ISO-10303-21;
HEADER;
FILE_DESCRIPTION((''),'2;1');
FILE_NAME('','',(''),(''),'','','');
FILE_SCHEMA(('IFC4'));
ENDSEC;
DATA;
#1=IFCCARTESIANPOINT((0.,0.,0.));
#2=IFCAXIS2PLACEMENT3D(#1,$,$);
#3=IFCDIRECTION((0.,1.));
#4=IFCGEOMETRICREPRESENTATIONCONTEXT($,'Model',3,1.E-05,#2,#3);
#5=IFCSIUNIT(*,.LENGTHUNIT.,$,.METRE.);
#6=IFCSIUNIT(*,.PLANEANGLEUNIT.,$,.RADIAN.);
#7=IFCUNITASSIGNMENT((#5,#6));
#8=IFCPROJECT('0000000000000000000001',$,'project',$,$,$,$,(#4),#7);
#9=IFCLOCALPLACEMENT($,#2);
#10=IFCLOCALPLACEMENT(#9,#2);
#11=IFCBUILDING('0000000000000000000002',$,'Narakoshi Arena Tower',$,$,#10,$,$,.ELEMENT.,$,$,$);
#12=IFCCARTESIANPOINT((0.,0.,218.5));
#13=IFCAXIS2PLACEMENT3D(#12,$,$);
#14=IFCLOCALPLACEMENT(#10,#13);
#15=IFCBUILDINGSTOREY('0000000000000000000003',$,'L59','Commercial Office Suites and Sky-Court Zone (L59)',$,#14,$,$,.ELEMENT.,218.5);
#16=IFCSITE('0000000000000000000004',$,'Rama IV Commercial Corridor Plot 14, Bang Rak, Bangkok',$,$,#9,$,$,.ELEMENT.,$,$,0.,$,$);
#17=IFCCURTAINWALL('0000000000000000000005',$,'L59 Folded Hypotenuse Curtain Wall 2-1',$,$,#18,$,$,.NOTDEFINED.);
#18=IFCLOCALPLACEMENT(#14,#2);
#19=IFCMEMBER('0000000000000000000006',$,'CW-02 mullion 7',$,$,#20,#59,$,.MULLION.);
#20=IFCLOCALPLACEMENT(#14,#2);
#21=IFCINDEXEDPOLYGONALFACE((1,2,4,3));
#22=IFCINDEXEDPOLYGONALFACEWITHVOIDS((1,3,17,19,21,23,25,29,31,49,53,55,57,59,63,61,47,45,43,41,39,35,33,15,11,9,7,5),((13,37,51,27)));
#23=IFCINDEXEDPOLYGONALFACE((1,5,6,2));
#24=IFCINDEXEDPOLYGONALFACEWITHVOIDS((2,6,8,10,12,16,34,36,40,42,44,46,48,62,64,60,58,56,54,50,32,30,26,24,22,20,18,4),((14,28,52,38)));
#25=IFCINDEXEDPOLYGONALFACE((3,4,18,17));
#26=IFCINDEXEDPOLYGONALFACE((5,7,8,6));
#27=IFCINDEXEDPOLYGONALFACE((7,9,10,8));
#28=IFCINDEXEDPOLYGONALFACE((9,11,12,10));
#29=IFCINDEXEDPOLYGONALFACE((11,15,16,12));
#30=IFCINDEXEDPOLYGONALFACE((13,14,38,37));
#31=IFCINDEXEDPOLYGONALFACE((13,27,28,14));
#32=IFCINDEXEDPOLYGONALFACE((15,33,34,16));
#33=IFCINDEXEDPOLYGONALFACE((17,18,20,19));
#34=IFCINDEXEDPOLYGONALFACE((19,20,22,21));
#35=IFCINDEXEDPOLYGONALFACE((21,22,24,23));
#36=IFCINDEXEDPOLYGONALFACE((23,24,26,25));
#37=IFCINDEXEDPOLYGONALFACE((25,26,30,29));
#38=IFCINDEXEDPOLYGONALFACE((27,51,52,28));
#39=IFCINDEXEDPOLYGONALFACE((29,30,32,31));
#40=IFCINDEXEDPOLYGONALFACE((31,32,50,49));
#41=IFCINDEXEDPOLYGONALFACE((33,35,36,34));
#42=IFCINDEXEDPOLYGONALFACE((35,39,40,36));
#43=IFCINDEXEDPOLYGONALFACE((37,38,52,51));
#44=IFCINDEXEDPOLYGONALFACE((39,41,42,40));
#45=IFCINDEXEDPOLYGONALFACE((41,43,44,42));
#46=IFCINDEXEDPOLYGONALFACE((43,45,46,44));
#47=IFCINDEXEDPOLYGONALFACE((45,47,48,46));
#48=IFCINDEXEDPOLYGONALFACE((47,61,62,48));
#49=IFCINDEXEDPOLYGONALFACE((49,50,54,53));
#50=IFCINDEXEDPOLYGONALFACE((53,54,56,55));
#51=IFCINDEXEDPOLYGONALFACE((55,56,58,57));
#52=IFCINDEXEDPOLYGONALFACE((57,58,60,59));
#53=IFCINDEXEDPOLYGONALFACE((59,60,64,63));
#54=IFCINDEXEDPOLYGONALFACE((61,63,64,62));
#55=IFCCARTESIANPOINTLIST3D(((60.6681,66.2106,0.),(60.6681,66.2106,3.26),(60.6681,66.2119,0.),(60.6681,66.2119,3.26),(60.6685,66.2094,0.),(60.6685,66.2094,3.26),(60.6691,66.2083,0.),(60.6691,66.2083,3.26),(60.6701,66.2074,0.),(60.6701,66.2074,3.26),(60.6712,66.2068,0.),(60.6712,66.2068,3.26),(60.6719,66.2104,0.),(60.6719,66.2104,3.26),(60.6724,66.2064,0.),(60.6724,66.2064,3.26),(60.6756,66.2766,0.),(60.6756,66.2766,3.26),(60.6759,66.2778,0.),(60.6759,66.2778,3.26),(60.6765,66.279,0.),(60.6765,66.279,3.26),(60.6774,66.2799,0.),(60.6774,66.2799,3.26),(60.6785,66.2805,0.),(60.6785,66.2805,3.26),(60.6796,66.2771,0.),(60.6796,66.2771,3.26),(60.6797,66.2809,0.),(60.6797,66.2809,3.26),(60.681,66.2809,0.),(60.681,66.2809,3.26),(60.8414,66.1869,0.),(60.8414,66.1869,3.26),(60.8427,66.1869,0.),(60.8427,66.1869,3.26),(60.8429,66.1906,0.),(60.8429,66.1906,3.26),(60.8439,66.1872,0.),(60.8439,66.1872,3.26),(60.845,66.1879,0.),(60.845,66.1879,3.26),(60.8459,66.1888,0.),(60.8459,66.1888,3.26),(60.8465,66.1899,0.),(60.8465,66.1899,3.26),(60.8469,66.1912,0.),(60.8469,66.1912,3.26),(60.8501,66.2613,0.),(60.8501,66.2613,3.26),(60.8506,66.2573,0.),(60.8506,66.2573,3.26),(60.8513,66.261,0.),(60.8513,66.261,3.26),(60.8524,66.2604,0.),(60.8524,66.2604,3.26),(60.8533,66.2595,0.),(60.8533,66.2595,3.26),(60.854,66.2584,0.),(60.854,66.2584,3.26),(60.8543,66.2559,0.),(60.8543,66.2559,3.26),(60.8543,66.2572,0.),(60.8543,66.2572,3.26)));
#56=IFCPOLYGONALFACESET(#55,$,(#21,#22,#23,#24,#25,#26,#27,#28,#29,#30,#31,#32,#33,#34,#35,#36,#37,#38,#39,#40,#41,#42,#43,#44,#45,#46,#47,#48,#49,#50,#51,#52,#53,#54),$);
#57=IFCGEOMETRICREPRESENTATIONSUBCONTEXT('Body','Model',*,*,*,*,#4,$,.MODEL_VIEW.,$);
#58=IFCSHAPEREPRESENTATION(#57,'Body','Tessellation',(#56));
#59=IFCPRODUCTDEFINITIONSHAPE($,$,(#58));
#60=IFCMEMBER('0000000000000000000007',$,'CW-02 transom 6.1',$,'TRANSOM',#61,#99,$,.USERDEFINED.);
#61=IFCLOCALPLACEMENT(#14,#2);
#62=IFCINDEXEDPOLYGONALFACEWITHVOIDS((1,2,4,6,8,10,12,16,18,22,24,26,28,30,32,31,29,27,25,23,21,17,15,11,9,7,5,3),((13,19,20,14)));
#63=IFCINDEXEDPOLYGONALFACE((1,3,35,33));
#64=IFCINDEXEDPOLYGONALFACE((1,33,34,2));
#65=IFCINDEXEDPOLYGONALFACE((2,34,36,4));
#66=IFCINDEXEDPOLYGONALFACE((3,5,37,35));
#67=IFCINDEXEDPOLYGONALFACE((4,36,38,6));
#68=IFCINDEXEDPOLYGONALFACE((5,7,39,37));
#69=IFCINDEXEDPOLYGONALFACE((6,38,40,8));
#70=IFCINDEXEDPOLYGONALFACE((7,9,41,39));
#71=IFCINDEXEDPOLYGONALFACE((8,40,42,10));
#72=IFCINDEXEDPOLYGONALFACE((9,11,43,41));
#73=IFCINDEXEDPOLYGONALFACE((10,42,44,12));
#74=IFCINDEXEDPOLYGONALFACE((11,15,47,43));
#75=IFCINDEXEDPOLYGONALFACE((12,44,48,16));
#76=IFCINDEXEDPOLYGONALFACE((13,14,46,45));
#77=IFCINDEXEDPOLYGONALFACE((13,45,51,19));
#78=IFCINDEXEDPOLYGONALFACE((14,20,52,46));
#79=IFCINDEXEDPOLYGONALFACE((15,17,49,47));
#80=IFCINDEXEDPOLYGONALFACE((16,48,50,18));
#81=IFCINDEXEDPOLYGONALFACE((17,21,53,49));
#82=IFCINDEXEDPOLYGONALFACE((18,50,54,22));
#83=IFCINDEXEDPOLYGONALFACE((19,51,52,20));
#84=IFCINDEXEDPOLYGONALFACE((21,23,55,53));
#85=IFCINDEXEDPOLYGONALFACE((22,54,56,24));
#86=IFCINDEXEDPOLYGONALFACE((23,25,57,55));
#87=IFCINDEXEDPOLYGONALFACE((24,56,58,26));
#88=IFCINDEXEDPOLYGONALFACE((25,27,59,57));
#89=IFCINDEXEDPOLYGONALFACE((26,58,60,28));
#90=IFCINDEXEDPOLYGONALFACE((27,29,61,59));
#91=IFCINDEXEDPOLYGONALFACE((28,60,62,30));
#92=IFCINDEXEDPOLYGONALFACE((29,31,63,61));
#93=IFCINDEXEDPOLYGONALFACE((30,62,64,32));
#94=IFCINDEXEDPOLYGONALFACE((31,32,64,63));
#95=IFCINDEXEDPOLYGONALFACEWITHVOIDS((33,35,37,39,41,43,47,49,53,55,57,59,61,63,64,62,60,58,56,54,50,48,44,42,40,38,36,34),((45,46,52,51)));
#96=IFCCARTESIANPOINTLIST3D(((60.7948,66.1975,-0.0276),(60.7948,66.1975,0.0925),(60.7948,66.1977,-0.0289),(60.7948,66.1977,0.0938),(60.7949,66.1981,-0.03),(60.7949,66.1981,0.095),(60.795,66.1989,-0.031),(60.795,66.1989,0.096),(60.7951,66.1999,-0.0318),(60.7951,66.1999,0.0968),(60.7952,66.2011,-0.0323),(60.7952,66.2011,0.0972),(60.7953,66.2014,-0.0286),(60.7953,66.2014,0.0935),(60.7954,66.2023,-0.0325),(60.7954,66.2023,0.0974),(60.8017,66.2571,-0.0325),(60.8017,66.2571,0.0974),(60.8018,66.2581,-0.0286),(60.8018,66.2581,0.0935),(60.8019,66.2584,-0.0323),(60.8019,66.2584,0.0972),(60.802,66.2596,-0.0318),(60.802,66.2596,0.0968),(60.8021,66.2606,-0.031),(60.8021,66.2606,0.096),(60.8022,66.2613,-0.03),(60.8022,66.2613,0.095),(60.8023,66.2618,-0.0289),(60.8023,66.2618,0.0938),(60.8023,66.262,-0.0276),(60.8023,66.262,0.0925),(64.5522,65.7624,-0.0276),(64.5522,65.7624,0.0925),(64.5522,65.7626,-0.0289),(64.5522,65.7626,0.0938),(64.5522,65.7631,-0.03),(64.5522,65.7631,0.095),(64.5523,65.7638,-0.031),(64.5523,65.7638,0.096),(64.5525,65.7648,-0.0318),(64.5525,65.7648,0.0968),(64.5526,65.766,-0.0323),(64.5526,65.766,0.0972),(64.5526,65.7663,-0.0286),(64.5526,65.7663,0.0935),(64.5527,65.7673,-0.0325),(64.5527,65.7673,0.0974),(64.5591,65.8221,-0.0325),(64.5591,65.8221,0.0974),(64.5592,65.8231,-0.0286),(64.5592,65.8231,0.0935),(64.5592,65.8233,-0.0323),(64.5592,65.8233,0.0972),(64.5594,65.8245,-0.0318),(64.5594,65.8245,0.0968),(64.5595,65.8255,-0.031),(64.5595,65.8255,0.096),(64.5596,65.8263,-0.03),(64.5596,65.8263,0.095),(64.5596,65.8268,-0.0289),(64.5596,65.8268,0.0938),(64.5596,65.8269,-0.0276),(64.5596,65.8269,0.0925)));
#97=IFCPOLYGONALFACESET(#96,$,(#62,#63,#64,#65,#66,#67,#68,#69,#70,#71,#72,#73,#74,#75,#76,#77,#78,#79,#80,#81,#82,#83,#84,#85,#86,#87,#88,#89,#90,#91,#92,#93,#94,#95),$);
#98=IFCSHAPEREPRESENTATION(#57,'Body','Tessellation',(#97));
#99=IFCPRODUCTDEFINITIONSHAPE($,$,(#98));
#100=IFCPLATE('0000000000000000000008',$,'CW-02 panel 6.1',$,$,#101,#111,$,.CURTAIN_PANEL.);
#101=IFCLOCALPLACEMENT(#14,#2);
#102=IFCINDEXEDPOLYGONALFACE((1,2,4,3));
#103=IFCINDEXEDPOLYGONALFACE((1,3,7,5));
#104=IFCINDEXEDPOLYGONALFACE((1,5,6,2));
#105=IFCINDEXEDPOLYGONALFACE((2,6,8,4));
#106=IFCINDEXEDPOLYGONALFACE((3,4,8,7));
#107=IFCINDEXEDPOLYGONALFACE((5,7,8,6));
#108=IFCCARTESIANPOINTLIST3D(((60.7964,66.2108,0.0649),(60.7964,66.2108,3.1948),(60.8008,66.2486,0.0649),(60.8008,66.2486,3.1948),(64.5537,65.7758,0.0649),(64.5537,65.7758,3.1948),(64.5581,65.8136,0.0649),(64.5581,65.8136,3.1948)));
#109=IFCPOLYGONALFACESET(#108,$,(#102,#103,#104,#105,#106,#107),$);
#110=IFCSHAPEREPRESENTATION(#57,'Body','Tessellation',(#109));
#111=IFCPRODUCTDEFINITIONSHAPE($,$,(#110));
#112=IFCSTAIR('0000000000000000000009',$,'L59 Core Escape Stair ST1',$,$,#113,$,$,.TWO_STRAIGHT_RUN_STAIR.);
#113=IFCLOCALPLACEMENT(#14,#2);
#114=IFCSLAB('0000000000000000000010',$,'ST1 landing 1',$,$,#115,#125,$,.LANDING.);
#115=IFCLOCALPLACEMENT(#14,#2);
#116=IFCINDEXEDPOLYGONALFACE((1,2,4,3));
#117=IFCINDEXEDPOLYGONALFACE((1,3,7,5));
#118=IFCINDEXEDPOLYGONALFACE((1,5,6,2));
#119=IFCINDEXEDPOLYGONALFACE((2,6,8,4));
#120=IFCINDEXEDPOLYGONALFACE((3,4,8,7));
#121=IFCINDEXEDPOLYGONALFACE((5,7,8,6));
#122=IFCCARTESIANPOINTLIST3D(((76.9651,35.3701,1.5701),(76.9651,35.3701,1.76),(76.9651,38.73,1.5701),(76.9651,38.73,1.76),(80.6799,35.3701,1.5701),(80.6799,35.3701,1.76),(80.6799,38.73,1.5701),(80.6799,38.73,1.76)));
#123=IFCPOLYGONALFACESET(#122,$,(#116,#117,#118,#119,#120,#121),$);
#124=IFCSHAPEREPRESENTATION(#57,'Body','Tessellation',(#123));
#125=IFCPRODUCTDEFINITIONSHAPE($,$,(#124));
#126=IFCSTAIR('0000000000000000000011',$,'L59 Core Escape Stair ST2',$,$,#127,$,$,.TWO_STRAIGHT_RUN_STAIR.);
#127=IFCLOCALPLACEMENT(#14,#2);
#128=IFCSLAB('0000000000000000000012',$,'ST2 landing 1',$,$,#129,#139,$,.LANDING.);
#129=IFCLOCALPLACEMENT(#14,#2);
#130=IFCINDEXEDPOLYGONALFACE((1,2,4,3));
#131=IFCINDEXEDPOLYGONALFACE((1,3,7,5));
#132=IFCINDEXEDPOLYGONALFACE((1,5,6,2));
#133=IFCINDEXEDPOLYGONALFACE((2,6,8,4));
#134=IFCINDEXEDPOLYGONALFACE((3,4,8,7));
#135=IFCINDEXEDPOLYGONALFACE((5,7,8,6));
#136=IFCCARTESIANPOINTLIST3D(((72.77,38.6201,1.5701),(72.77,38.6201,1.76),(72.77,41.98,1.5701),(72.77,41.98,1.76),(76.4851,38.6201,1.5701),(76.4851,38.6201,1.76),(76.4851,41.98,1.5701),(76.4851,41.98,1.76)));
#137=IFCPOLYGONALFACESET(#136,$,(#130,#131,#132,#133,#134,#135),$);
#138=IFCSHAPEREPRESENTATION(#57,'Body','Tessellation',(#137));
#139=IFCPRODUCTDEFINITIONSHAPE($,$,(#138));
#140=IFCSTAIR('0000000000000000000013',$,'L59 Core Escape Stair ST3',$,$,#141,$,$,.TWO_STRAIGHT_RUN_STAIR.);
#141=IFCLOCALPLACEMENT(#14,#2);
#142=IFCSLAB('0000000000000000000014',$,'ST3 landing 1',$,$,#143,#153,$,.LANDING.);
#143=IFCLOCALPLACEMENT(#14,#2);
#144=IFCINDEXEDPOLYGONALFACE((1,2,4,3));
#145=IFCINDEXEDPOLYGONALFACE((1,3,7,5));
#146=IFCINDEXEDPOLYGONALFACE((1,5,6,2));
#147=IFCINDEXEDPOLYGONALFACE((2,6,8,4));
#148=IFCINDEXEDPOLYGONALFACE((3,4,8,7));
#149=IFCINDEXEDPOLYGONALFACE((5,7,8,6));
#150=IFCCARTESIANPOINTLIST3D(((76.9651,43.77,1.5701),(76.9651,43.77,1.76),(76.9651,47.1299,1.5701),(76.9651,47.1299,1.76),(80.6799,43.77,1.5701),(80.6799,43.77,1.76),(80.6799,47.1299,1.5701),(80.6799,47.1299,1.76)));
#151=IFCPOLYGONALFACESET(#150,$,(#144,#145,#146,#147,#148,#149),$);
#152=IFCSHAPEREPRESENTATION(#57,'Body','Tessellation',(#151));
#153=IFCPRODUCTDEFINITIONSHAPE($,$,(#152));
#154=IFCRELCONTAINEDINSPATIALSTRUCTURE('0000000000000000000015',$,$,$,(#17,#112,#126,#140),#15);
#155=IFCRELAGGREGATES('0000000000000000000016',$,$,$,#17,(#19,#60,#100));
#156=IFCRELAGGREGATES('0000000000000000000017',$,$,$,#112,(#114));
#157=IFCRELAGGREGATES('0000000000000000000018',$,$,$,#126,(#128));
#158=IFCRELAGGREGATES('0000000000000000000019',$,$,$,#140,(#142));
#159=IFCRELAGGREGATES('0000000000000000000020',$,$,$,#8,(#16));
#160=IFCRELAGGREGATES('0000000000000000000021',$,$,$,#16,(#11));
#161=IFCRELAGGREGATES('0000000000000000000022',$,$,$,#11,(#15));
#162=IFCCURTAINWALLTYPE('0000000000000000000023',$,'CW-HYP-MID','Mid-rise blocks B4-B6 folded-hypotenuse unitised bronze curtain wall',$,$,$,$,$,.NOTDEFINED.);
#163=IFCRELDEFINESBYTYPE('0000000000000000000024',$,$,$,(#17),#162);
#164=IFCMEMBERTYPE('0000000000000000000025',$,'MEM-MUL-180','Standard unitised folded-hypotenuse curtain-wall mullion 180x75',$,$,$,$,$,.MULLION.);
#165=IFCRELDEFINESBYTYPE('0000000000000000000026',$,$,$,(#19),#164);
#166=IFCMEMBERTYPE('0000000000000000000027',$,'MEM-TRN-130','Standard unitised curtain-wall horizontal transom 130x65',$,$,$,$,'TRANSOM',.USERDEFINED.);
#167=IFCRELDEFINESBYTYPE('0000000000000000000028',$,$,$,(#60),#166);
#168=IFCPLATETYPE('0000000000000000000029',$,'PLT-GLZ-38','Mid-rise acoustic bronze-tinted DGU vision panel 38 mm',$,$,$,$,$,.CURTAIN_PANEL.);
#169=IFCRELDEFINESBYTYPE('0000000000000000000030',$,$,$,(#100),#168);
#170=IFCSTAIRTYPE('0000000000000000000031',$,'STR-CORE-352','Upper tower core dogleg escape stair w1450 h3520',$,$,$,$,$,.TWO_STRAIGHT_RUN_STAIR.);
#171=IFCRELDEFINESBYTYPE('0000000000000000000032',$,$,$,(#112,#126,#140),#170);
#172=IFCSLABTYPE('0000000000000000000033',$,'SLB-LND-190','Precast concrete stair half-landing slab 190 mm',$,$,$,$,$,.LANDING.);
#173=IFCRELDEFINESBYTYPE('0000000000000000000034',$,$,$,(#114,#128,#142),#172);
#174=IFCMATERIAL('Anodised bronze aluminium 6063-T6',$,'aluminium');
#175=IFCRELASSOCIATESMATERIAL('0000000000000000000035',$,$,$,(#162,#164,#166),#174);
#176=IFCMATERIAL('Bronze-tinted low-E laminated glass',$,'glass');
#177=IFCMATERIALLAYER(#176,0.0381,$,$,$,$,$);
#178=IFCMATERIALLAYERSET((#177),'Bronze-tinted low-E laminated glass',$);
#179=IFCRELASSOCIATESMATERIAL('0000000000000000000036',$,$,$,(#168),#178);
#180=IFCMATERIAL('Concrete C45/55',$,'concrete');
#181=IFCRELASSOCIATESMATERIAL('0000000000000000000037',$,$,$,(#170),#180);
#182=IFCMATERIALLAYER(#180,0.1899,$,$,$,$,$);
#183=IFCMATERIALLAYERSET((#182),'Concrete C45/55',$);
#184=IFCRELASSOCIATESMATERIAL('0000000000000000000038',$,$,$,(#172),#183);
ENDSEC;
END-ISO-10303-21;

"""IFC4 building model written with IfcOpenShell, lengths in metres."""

from ifc_helpers import new_model, si_unit, direction, frame, origin, origin_2d, place, context, subcontext, project, spatial, polyline, rectangle, hollow_rectangle, outline, extrude, material, layer, layer_set, material_profile, profile_set, type_object, element, aggregate, save


model = new_model("IFC4")

# Units and contexts
model_context = context("Model", 3, precision=1e-05, world=origin(), true_north=direction((0.0, 1.0)))
body_context = subcontext(model_context, "Body", "Model", "MODEL_VIEW")
ifc_project = project(units=[si_unit("LENGTHUNIT", "METRE"), si_unit("PLANEANGLEUNIT", "RADIAN")], contexts=[model_context])

# Site, building, storey
site_placement = place(None, origin())
site = spatial("IfcSite", under=ifc_project, at=site_placement, Name="Rama IV Commercial Corridor Plot 14, Bang Rak, Bangkok", CompositionType="ELEMENT", RefElevation=0.0)
building_placement = place(site_placement, origin())
building = spatial("IfcBuilding", under=site, at=building_placement, Name="Narakoshi Arena Tower", CompositionType="ELEMENT")
storey_placement = place(building_placement, frame((0.0, 0.0, 218.5)))
storey = spatial("IfcBuildingStorey", under=building, at=storey_placement, Name="L59", Description="Commercial Office Suites and Sky-Court Zone (L59)", CompositionType="ELEMENT", Elevation=218.5)

# Curtain wall, members, plate
ifc_material_1 = material(Name="Anodised bronze aluminium 6063-T6", Category="aluminium")
curtain_wall_type = type_object("IfcCurtainWallType", Name="CW-HYP-MID", Description="Mid-rise blocks B4-B6 folded-hypotenuse unitised bronze curtain wall", PredefinedType="NOTDEFINED", material=ifc_material_1)
curtain_wall_placement = place(storey_placement, origin())
curtain_wall = element("IfcCurtainWall", 1, at=curtain_wall_placement, inside=storey, type_object=curtain_wall_type, Name="L59 Folded Hypotenuse Curtain Wall 2-1", PredefinedType="NOTDEFINED")
ifc_material_profile_1 = material_profile(ifc_material_1, hollow_rectangle(XDim=0.075, YDim=0.1799, WallThickness=0.0039, OuterFilletRadius=0.0049, at=origin_2d()), Name="MUL180x75x4")
ifc_profile_set_1 = profile_set([ifc_material_profile_1], Name="Anodised bronze aluminium 6063-T6")
member_type_1 = type_object("IfcMemberType", Name="MEM-MUL-180", Description="Standard unitised folded-hypotenuse curtain-wall mullion 180x75", PredefinedType="MULLION", material=ifc_profile_set_1)
member_1_placement = place(storey_placement, frame((60.7612, 66.2339, 0.0), z_axis=(0.0, 0.0, 1.0), x_axis=(-0.115011, -0.993364, 0.0)))
member_1 = element("IfcMember", 2, at=member_1_placement, type_object=member_type_1, Name="CW-02 mullion 7", PredefinedType="MULLION", context=body_context, shape_type="SweptSolid", body=[
    extrude(hollow_rectangle(XDim=0.075, YDim=0.1799, WallThickness=0.0039, OuterFilletRadius=0.0049, at=origin_2d()), origin(), (0.0, 0.0, 1.0), 3.26),
])
ifc_material_profile_2 = material_profile(ifc_material_1, hollow_rectangle(XDim=0.0649, YDim=0.1299, WallThickness=0.0039, OuterFilletRadius=0.0049, at=origin_2d()), Name="TRN130x65x4")
ifc_profile_set_2 = profile_set([ifc_material_profile_2], Name="Anodised bronze aluminium 6063-T6")
member_type_2 = type_object("IfcMemberType", Name="MEM-TRN-130", Description="Standard unitised curtain-wall horizontal transom 130x65", ElementType="TRANSOM", PredefinedType="USERDEFINED", material=ifc_profile_set_2)
member_2_placement = place(storey_placement, frame((64.5559, 65.7947, 0.0325), z_axis=(-0.993363, 0.115021, 0.0), x_axis=(-0.115021, -0.993363, 0.0)))
member_2 = element("IfcMember", 3, at=member_2_placement, type_object=member_type_2, Name="CW-02 transom 6.1", ObjectType="TRANSOM", PredefinedType="USERDEFINED", context=body_context, shape_type="SweptSolid", body=[
    extrude(hollow_rectangle(XDim=0.0649, YDim=0.1299, WallThickness=0.0039, OuterFilletRadius=0.0049, at=origin_2d()), origin(), (0.0, 0.0, 1.0), 3.7825),
])
ifc_material_2 = material(Name="Bronze-tinted low-E laminated glass", Category="glass")
ifc_layer_1 = layer(ifc_material_2, 0.0381)
ifc_layer_set_1 = layer_set([ifc_layer_1], Name="Bronze-tinted low-E laminated glass")
plate_type = type_object("IfcPlateType", Name="PLT-GLZ-38", Description="Mid-rise acoustic bronze-tinted DGU vision panel 38 mm", PredefinedType="CURTAIN_PANEL", material=ifc_layer_set_1)
plate_placement = place(storey_placement, frame((62.6772, 66.0122, 0.0649), z_axis=(0.0, 0.0, 1.0), x_axis=(-0.993364, 0.115011, 0.0)))
plate = element("IfcPlate", 4, at=plate_placement, type_object=plate_type, Name="CW-02 panel 6.1", PredefinedType="CURTAIN_PANEL", context=body_context, shape_type="SweptSolid", body=[
    extrude(rectangle(XDim=3.7825, YDim=0.0381, at=origin_2d()), origin(), (0.0, 0.0, 1.0), 3.1299),
])
aggregate(curtain_wall, [member_1, member_2, plate])

# Stairs, slabs
ifc_material_3 = material(Name="Concrete C45/55", Category="concrete")
stair_type = type_object("IfcStairType", Name="STR-CORE-352", Description="Upper tower core dogleg escape stair w1450 h3520", PredefinedType="TWO_STRAIGHT_RUN_STAIR", material=ifc_material_3)
stair_1_placement = place(storey_placement, origin())
stair_1 = element("IfcStair", 5, at=stair_1_placement, inside=storey, type_object=stair_type, Name="L59 Core Escape Stair ST1", PredefinedType="TWO_STRAIGHT_RUN_STAIR")
ifc_layer_2 = layer(ifc_material_3, 0.1899)
ifc_layer_set_2 = layer_set([ifc_layer_2], Name="Concrete C45/55")
slab_type_1 = type_object("IfcSlabType", Name="SLB-LND-190", Description="Precast concrete stair half-landing slab 190 mm", PredefinedType="LANDING", material=ifc_layer_set_2)
slab_1_placement = place(storey_placement, frame((0.0, 0.0, 1.5701)))
slab_1 = element("IfcSlab", 6, at=slab_1_placement, type_object=slab_type_1, Name="ST1 landing 1", PredefinedType="LANDING", context=body_context, shape_type="SweptSolid", body=[
    extrude(outline(polyline([(76.9651, 35.3701), (80.6799, 35.3701), (80.6799, 38.73), (76.9651, 38.73), (76.9651, 35.3701)])), origin(), (0.0, 0.0, 1.0), 0.1899),
])
aggregate(stair_1, [slab_1])
stair_2_placement = place(storey_placement, origin())
stair_2 = element("IfcStair", 7, at=stair_2_placement, inside=storey, type_object=stair_type, Name="L59 Core Escape Stair ST2", PredefinedType="TWO_STRAIGHT_RUN_STAIR")
slab_2_placement = place(storey_placement, frame((0.0, 0.0, 1.5701)))
slab_2 = element("IfcSlab", 8, at=slab_2_placement, type_object=slab_type_1, Name="ST2 landing 1", PredefinedType="LANDING", context=body_context, shape_type="SweptSolid", body=[
    extrude(outline(polyline([(72.77, 38.6201), (76.4851, 38.6201), (76.4851, 41.98), (72.77, 41.98), (72.77, 38.6201)])), origin(), (0.0, 0.0, 1.0), 0.1899),
])
aggregate(stair_2, [slab_2])
stair_3_placement = place(storey_placement, origin())
stair_3 = element("IfcStair", 9, at=stair_3_placement, inside=storey, type_object=stair_type, Name="L59 Core Escape Stair ST3", PredefinedType="TWO_STRAIGHT_RUN_STAIR")
slab_3_placement = place(storey_placement, frame((0.0, 0.0, 1.5701)))
slab_3 = element("IfcSlab", 10, at=slab_3_placement, type_object=slab_type_1, Name="ST3 landing 1", PredefinedType="LANDING", context=body_context, shape_type="SweptSolid", body=[
    extrude(outline(polyline([(76.9651, 43.77), (80.6799, 43.77), (80.6799, 47.1299), (76.9651, 47.1299), (76.9651, 43.77)])), origin(), (0.0, 0.0, 1.0), 0.1899),
])
aggregate(stair_3, [slab_3])

save(model, "model.ifc")
